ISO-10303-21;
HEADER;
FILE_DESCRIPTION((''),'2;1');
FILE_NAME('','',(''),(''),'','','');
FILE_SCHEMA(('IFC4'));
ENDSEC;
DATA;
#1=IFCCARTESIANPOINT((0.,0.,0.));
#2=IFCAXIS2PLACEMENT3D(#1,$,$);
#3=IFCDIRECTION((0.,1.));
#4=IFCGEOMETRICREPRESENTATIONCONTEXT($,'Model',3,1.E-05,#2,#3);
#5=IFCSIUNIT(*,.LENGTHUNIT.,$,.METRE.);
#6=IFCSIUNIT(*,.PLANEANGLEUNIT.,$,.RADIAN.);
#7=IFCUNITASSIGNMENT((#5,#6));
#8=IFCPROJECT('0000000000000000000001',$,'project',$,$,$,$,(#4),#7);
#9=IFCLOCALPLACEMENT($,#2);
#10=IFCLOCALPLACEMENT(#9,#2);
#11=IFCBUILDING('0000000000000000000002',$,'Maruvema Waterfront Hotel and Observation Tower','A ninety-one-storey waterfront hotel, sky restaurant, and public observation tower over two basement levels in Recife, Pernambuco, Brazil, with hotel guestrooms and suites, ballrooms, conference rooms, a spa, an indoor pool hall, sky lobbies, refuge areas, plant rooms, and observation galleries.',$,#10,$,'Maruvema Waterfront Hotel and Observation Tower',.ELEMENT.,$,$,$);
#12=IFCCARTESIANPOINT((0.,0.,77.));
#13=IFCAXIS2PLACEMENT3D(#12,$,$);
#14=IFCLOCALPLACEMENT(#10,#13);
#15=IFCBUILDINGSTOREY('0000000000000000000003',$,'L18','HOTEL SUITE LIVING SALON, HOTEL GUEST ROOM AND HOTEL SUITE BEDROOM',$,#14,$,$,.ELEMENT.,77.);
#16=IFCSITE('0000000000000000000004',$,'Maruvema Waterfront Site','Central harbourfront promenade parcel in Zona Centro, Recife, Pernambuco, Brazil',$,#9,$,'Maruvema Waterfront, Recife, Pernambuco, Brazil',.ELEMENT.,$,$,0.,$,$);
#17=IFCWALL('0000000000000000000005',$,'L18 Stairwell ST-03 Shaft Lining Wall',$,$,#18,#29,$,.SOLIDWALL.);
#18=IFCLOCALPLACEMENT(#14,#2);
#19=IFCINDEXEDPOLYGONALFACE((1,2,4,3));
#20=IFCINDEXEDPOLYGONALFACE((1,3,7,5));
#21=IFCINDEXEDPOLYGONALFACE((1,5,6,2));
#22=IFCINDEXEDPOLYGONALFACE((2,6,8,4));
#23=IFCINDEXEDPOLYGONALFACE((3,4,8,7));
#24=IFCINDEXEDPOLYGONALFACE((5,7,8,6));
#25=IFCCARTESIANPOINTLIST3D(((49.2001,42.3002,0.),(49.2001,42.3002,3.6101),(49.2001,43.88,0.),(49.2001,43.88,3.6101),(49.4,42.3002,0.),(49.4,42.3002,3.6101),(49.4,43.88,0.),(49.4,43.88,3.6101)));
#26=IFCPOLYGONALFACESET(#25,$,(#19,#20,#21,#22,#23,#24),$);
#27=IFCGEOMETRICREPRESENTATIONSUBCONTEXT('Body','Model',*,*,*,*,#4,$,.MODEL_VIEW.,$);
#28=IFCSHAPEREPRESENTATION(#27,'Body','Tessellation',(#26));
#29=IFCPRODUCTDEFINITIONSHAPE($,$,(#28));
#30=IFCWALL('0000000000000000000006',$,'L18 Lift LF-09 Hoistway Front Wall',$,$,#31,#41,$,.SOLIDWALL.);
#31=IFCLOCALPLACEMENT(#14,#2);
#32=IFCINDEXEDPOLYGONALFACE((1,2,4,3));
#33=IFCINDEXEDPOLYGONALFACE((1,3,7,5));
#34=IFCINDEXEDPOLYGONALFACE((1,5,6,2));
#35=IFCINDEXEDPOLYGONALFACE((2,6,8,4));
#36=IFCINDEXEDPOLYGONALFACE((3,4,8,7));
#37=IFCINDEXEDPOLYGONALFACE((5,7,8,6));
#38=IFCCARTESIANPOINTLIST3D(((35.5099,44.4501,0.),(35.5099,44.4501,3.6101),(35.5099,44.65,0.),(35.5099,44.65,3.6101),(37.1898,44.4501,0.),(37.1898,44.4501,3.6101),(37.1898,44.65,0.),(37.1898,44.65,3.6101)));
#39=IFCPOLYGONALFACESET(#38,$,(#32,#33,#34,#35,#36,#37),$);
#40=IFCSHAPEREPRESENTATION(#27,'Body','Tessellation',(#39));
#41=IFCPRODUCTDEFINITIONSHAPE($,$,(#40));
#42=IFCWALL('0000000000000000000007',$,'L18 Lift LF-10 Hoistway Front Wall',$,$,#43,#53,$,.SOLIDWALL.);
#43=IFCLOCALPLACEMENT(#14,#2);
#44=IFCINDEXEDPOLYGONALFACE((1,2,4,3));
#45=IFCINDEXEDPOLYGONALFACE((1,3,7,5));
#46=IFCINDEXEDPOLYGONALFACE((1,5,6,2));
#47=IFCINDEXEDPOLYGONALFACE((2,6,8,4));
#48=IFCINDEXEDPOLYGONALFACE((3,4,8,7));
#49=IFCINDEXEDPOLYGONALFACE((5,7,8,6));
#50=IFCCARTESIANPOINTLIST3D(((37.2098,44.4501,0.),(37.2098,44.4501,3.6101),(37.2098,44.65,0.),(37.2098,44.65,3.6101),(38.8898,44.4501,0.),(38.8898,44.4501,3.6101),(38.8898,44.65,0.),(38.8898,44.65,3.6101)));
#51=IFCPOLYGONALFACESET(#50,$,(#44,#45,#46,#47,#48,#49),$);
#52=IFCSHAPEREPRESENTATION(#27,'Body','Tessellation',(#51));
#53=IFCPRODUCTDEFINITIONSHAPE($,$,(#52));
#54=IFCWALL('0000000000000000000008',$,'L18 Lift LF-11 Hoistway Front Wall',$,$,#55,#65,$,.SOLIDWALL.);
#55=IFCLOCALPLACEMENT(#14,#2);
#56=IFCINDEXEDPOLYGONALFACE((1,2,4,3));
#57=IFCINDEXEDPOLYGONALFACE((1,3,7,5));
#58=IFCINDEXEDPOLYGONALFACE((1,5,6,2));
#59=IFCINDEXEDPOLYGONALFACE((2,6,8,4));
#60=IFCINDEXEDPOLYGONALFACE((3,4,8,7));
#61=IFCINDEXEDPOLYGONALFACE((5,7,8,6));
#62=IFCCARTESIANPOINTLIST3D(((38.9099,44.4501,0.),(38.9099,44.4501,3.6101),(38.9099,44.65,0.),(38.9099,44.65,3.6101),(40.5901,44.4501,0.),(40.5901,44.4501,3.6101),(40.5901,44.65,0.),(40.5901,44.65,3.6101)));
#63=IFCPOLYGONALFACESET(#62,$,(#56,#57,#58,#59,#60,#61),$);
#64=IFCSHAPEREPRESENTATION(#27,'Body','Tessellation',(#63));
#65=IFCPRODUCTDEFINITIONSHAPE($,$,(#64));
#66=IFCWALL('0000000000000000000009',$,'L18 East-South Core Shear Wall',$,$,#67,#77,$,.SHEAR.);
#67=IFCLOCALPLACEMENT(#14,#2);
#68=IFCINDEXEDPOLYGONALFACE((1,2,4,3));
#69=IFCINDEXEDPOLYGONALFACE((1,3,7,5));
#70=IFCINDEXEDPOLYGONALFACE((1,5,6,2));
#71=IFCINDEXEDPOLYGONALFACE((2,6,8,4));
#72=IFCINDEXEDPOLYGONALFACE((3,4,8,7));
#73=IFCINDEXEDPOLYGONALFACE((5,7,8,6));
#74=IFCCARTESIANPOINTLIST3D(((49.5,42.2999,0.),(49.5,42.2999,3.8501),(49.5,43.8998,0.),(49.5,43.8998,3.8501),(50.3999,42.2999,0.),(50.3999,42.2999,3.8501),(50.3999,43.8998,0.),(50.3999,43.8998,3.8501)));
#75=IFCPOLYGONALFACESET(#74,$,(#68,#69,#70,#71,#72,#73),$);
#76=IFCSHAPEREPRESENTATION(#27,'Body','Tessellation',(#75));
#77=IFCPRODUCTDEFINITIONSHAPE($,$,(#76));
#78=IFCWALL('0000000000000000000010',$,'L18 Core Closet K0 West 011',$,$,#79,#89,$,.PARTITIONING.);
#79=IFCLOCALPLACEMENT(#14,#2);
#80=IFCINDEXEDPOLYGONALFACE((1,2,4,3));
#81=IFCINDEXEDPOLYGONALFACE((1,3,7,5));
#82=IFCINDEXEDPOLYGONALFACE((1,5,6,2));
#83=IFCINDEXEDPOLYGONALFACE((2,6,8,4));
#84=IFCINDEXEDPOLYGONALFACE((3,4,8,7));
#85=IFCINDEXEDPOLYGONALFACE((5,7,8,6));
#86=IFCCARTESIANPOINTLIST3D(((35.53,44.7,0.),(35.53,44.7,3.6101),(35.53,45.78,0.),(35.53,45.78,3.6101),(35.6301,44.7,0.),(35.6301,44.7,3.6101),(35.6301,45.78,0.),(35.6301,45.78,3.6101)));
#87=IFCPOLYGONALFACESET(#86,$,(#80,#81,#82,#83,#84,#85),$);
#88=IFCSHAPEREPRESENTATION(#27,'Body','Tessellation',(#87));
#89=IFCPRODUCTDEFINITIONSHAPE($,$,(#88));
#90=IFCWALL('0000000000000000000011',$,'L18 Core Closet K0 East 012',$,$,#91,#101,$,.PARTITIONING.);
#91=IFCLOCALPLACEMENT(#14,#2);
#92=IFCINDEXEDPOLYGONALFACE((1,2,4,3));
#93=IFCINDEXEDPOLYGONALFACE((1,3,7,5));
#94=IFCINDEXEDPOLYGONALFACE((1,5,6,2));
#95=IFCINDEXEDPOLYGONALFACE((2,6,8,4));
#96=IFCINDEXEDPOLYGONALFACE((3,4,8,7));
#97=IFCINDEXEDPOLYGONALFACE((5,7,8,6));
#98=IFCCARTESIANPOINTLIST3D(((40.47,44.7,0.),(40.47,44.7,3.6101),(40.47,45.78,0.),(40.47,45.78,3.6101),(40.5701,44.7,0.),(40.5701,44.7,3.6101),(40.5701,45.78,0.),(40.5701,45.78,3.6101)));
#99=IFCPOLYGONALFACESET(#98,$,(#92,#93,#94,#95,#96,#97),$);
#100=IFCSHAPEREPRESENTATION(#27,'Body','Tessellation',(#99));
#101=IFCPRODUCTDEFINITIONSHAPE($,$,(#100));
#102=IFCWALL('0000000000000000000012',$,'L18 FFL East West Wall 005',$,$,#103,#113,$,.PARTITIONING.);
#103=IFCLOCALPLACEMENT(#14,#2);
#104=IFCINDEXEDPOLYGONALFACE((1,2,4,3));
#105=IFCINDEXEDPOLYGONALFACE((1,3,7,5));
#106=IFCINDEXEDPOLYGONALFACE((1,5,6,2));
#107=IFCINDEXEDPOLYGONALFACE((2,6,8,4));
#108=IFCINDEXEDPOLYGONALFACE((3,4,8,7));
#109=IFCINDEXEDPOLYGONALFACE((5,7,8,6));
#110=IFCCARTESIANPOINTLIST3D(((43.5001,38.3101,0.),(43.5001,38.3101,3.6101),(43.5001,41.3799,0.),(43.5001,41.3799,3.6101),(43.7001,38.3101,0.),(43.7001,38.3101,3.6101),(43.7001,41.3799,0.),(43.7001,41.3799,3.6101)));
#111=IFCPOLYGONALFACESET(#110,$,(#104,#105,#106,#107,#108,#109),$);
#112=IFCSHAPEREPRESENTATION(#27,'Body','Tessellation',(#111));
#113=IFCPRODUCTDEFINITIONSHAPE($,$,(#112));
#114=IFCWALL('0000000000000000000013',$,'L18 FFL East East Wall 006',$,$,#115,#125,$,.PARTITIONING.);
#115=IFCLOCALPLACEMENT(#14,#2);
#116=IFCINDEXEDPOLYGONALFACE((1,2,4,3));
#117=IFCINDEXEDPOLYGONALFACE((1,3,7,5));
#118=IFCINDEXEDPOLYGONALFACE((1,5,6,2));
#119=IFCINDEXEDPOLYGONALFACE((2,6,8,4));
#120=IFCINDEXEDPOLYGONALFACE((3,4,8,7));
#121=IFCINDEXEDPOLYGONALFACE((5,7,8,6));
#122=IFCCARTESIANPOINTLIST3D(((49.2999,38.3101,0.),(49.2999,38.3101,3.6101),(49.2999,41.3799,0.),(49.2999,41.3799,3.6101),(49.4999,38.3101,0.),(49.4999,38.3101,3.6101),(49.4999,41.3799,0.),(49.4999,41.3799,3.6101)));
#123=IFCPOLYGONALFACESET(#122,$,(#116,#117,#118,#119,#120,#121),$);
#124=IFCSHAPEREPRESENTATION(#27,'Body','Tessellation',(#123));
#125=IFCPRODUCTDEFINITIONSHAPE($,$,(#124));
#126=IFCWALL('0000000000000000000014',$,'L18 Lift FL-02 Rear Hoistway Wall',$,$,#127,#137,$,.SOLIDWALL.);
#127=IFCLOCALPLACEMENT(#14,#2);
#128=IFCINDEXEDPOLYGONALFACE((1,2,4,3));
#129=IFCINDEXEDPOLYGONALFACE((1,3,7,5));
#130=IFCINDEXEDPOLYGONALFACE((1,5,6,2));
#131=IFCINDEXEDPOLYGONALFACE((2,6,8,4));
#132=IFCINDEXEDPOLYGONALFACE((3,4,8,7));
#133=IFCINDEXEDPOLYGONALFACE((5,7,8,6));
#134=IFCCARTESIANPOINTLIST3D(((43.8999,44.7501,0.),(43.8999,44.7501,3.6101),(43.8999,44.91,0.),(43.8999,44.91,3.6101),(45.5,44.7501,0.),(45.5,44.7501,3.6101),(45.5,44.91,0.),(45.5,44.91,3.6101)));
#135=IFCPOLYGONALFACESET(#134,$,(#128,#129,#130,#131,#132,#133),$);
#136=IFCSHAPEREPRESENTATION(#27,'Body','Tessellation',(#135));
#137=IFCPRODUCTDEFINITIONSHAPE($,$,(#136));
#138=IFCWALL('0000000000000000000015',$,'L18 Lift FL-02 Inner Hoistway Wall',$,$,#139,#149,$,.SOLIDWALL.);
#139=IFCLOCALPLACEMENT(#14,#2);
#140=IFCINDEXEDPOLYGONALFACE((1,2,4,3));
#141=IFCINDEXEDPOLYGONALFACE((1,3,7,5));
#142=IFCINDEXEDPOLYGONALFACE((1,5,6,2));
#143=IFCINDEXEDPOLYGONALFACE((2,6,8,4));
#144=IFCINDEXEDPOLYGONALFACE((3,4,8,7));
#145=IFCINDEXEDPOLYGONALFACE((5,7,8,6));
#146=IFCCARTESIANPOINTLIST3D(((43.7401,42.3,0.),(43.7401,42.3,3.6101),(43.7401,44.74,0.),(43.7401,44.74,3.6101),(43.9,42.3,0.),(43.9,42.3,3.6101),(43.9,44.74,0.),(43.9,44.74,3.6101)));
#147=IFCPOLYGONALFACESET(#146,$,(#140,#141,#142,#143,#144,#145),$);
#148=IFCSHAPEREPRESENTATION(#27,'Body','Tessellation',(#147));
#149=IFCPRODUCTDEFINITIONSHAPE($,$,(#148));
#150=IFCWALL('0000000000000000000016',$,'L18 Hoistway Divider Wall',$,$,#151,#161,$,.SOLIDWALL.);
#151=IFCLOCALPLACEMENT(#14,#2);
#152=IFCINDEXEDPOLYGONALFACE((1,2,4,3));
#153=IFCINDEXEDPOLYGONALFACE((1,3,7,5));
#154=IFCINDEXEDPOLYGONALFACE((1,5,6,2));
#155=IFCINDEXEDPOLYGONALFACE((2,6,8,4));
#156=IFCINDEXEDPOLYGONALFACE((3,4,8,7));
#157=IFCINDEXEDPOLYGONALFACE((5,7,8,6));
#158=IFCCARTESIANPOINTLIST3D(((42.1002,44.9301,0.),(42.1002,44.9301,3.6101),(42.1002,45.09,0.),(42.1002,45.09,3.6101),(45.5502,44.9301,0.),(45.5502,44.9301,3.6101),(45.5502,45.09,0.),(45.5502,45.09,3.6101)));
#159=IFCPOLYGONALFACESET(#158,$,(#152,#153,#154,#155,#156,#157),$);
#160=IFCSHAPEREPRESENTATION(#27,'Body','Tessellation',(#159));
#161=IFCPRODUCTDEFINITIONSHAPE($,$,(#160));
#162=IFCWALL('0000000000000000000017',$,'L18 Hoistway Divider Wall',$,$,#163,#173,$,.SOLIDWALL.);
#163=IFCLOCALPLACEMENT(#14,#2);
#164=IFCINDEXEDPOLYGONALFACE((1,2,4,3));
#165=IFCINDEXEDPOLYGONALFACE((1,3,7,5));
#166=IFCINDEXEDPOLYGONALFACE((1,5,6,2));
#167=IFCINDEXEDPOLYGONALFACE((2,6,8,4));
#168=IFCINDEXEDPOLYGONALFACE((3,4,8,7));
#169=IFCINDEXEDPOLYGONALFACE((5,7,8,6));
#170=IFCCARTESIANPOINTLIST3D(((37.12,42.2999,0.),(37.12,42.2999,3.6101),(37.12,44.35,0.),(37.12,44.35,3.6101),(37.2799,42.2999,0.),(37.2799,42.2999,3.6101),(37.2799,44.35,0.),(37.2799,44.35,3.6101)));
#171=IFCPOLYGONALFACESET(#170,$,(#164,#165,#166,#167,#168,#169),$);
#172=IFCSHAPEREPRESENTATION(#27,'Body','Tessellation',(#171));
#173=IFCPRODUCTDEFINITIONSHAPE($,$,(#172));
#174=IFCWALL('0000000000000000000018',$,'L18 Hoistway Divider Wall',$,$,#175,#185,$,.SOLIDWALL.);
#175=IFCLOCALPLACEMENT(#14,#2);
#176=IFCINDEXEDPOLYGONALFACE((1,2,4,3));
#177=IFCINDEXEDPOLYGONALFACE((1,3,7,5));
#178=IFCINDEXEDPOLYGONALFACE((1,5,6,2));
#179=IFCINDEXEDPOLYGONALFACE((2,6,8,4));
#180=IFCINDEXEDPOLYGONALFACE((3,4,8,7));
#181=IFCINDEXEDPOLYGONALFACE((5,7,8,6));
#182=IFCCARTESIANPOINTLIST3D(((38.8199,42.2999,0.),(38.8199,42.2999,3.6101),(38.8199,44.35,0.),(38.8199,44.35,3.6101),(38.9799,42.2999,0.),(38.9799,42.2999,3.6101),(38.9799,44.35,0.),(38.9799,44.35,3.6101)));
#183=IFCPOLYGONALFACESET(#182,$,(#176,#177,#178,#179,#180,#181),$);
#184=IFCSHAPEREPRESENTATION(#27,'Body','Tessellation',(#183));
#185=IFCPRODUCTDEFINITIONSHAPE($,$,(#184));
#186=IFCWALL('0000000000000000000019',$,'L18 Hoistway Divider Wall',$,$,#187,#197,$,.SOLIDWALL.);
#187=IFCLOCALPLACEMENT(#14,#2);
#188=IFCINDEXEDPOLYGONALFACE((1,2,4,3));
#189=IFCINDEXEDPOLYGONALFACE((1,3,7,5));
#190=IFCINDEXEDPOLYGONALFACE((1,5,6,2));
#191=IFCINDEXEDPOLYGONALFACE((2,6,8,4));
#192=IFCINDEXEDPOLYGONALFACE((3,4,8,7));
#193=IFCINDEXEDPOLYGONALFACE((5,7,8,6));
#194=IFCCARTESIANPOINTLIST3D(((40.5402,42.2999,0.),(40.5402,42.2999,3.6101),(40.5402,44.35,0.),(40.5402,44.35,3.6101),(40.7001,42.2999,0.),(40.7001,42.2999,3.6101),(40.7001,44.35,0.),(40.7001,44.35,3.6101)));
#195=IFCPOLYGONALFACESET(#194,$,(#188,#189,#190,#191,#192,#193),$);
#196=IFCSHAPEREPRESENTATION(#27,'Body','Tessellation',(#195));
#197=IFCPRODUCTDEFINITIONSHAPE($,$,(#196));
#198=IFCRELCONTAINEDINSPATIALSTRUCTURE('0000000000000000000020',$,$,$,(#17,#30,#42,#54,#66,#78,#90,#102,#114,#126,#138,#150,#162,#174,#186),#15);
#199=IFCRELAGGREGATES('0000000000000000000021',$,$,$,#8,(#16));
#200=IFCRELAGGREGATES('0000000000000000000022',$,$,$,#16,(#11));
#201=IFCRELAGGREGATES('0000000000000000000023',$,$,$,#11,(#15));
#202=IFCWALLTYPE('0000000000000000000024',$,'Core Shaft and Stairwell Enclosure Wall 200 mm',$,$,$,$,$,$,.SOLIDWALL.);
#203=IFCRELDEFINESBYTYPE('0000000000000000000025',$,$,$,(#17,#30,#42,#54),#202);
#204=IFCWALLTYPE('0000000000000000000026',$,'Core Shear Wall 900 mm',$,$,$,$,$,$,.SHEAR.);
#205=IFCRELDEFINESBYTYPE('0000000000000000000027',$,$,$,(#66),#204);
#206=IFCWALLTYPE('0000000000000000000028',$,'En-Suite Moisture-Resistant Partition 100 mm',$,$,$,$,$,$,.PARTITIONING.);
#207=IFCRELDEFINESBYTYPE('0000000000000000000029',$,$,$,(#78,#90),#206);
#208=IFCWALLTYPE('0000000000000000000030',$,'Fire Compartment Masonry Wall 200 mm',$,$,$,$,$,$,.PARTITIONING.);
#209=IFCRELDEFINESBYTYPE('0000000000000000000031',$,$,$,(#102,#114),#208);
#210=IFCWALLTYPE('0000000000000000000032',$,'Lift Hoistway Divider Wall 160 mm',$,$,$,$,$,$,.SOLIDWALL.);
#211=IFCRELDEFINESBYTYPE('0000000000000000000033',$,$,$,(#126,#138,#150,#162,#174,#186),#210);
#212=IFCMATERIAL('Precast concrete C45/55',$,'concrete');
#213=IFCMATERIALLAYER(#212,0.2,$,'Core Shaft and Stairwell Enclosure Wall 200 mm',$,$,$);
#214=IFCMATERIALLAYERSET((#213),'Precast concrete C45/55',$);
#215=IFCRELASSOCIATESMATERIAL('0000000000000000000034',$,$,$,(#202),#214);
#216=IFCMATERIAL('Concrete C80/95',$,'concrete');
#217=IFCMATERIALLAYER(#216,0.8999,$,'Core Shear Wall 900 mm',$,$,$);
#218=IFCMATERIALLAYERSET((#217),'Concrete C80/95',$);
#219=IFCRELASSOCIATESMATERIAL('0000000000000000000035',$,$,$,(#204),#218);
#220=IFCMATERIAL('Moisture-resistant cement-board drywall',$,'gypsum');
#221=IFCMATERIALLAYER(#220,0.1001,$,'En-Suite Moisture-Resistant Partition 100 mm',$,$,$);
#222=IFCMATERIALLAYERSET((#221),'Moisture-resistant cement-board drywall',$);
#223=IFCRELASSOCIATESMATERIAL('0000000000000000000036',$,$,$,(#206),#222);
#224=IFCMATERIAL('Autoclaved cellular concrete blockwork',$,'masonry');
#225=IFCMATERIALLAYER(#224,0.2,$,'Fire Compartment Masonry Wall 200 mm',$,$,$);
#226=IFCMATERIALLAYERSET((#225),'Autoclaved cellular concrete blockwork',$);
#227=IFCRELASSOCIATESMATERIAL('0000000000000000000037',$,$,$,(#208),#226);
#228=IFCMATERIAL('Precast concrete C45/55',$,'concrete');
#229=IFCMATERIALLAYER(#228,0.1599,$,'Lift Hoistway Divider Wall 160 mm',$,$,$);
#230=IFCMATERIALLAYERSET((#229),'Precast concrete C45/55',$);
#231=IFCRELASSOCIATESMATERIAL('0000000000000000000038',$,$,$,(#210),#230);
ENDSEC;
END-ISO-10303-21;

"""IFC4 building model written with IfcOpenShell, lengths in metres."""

from ifc_helpers import new_model, si_unit, direction, frame, frame_2d, origin, place, context, subcontext, project, spatial, rectangle, extrude, material, layer, layer_set, type_object, element, save


model = new_model("IFC4")

# Units and contexts
model_context = context("Model", 3, precision=1e-05, world=origin(), true_north=direction((0.0, 1.0)))
body_context = subcontext(model_context, "Body", "Model", "MODEL_VIEW")
ifc_project = project(units=[si_unit("LENGTHUNIT", "METRE"), si_unit("PLANEANGLEUNIT", "RADIAN")], contexts=[model_context])

# Site, building, storey
site_placement = place(None, origin())
site = spatial("IfcSite", under=ifc_project, at=site_placement, Name="Maruvema Waterfront Site", Description="Central harbourfront promenade parcel in Zona Centro, Recife, Pernambuco, Brazil", LongName="Maruvema Waterfront, Recife, Pernambuco, Brazil", CompositionType="ELEMENT", RefElevation=0.0)
building_placement = place(site_placement, origin())
building = spatial("IfcBuilding", under=site, at=building_placement, Name="Maruvema Waterfront Hotel and Observation Tower", Description="A ninety-one-storey waterfront hotel, sky restaurant, and public observation tower over two basement levels in Recife, Pernambuco, Brazil, with hotel guestrooms and suites, ballrooms, conference rooms, a spa, an indoor pool hall, sky lobbies, refuge areas, plant rooms, and observation galleries.", LongName="Maruvema Waterfront Hotel and Observation Tower", CompositionType="ELEMENT")
storey_placement = place(building_placement, frame((0.0, 0.0, 77.0)))
storey = spatial("IfcBuildingStorey", under=building, at=storey_placement, Name="L18", Description="HOTEL SUITE LIVING SALON, HOTEL GUEST ROOM AND HOTEL SUITE BEDROOM", CompositionType="ELEMENT", Elevation=77.0)

# Walls
ifc_material_1 = material(Name="Precast concrete C45/55", Category="concrete")
ifc_layer_1 = layer(ifc_material_1, 0.2, Name="Core Shaft and Stairwell Enclosure Wall 200 mm")
ifc_layer_set_1 = layer_set([ifc_layer_1], Name="Precast concrete C45/55")
wall_type_1 = type_object("IfcWallType", Name="Core Shaft and Stairwell Enclosure Wall 200 mm", PredefinedType="SOLIDWALL", material=ifc_layer_set_1)
wall_1_placement = place(storey_placement, frame((49.3, 42.3, 0.0), z_axis=(0.0, 0.0, 1.0), x_axis=(0.0, 1.0, 0.0)))
element("IfcWall", 1, at=wall_1_placement, inside=storey, type_object=wall_type_1, Name="L18 Stairwell ST-03 Shaft Lining Wall", PredefinedType="SOLIDWALL", context=body_context, shape_type="SweptSolid", body=[
    extrude(rectangle(XDim=1.5798, YDim=0.2, at=frame_2d((0.79, 0.0))), origin(), (0.0, 0.0, 1.0), 3.6101),
])
for number, where, z_axis, x_axis, name in (
    (2, (35.51, 44.55, 0.0), (0.0, 0.0, 1.0), (1.0, 0.0, 0.0), "L18 Lift LF-09 Hoistway Front Wall"),
    (3, (37.21, 44.55, 0.0), (0.0, 0.0, 1.0), (1.0, 0.0, 0.0), "L18 Lift LF-10 Hoistway Front Wall"),
):
    element("IfcWall", number, at=place(storey_placement, frame(where, z_axis=z_axis, x_axis=x_axis)), inside=storey, type_object=wall_type_1, Name=name, PredefinedType="SOLIDWALL", context=body_context, shape_type="SweptSolid", body=[
        extrude(rectangle(XDim=1.6799, YDim=0.2, at=frame_2d((0.8398, 0.0))), origin(), (0.0, 0.0, 1.0), 3.6101),
    ])
wall_2_placement = place(storey_placement, frame((38.9099, 44.55, 0.0), z_axis=(0.0, 0.0, 1.0), x_axis=(1.0, 0.0, 0.0)))
element("IfcWall", 4, at=wall_2_placement, inside=storey, type_object=wall_type_1, Name="L18 Lift LF-11 Hoistway Front Wall", PredefinedType="SOLIDWALL", context=body_context, shape_type="SweptSolid", body=[
    extrude(rectangle(XDim=1.6802, YDim=0.2, at=frame_2d((0.8401, 0.0))), origin(), (0.0, 0.0, 1.0), 3.6101),
])

# Shared definitions
ifc_material_2 = material(Name="Concrete C80/95", Category="concrete")
ifc_layer_2 = layer(ifc_material_2, 0.8999, Name="Core Shear Wall 900 mm")
ifc_layer_set_2 = layer_set([ifc_layer_2], Name="Concrete C80/95")
wall_type_2 = type_object("IfcWallType", Name="Core Shear Wall 900 mm", PredefinedType="SHEAR", material=ifc_layer_set_2)

# Walls
wall_3_placement = place(storey_placement, frame((49.95, 42.3, 0.0), z_axis=(0.0, 0.0, 1.0), x_axis=(0.0, 1.0, 0.0)))
element("IfcWall", 5, at=wall_3_placement, inside=storey, type_object=wall_type_2, Name="L18 East-South Core Shear Wall", PredefinedType="SHEAR", context=body_context, shape_type="SweptSolid", body=[
    extrude(rectangle(XDim=1.5999, YDim=0.8999, at=frame_2d((0.7998, 0.0))), origin(), (0.0, 0.0, 1.0), 3.8501),
])
ifc_material_3 = material(Name="Moisture-resistant cement-board drywall", Category="gypsum")
ifc_layer_3 = layer(ifc_material_3, 0.1001, Name="En-Suite Moisture-Resistant Partition 100 mm")
ifc_layer_set_3 = layer_set([ifc_layer_3], Name="Moisture-resistant cement-board drywall")
wall_type_3 = type_object("IfcWallType", Name="En-Suite Moisture-Resistant Partition 100 mm", PredefinedType="PARTITIONING", material=ifc_layer_set_3)
for number, where, z_axis, x_axis, name in (
    (6, (35.5801, 44.7, 0.0), (0.0, 0.0, 1.0), (0.0, 1.0, 0.0), "L18 Core Closet K0 West 011"),
    (7, (40.52, 44.7, 0.0), (0.0, 0.0, 1.0), (0.0, 1.0, 0.0), "L18 Core Closet K0 East 012"),
):
    element("IfcWall", number, at=place(storey_placement, frame(where, z_axis=z_axis, x_axis=x_axis)), inside=storey, type_object=wall_type_3, Name=name, PredefinedType="PARTITIONING", context=body_context, shape_type="SweptSolid", body=[
        extrude(rectangle(XDim=1.0801, YDim=0.1001, at=frame_2d((0.54, 0.0))), origin(), (0.0, 0.0, 1.0), 3.6101),
    ])

# Shared definitions
ifc_material_4 = material(Name="Autoclaved cellular concrete blockwork", Category="masonry")
ifc_layer_4 = layer(ifc_material_4, 0.2, Name="Fire Compartment Masonry Wall 200 mm")
ifc_layer_set_4 = layer_set([ifc_layer_4], Name="Autoclaved cellular concrete blockwork")
wall_type_4 = type_object("IfcWallType", Name="Fire Compartment Masonry Wall 200 mm", PredefinedType="PARTITIONING", material=ifc_layer_set_4)

# Walls
for number, where, z_axis, x_axis, name in (
    (8, (43.6001, 38.3101, 0.0), (0.0, 0.0, 1.0), (0.0, 1.0, 0.0), "L18 FFL East West Wall 005"),
    (9, (49.3999, 38.3101, 0.0), (0.0, 0.0, 1.0), (0.0, 1.0, 0.0), "L18 FFL East East Wall 006"),
):
    element("IfcWall", number, at=place(storey_placement, frame(where, z_axis=z_axis, x_axis=x_axis)), inside=storey, type_object=wall_type_4, Name=name, PredefinedType="PARTITIONING", context=body_context, shape_type="SweptSolid", body=[
        extrude(rectangle(XDim=3.0698, YDim=0.2, at=frame_2d((1.5349, 0.0))), origin(), (0.0, 0.0, 1.0), 3.6101),
    ])
ifc_material_5 = material(Name="Precast concrete C45/55", Category="concrete")
ifc_layer_5 = layer(ifc_material_5, 0.1599, Name="Lift Hoistway Divider Wall 160 mm")
ifc_layer_set_5 = layer_set([ifc_layer_5], Name="Precast concrete C45/55")
wall_type_5 = type_object("IfcWallType", Name="Lift Hoistway Divider Wall 160 mm", PredefinedType="SOLIDWALL", material=ifc_layer_set_5)
wall_4_placement = place(storey_placement, frame((43.8999, 44.8301, 0.0), z_axis=(0.0, 0.0, 1.0), x_axis=(1.0, 0.0, 0.0)))
element("IfcWall", 10, at=wall_4_placement, inside=storey, type_object=wall_type_5, Name="L18 Lift FL-02 Rear Hoistway Wall", PredefinedType="SOLIDWALL", context=body_context, shape_type="SweptSolid", body=[
    extrude(rectangle(XDim=1.6001, YDim=0.1599, at=frame_2d((0.8, 0.0))), origin(), (0.0, 0.0, 1.0), 3.6101),
])
wall_5_placement = place(storey_placement, frame((43.8201, 42.3, 0.0), z_axis=(0.0, 0.0, 1.0), x_axis=(0.0, 1.0, 0.0)))
element("IfcWall", 11, at=wall_5_placement, inside=storey, type_object=wall_type_5, Name="L18 Lift FL-02 Inner Hoistway Wall", PredefinedType="SOLIDWALL", context=body_context, shape_type="SweptSolid", body=[
    extrude(rectangle(XDim=2.4399, YDim=0.1599, at=frame_2d((1.22, 0.0))), origin(), (0.0, 0.0, 1.0), 3.6101),
])
wall_6_placement = place(storey_placement, frame((42.1001, 45.01, 0.0), z_axis=(0.0, 0.0, 1.0), x_axis=(1.0, 0.0, 0.0)))
element("IfcWall", 12, at=wall_6_placement, inside=storey, type_object=wall_type_5, Name="L18 Hoistway Divider Wall", PredefinedType="SOLIDWALL", context=body_context, shape_type="SweptSolid", body=[
    extrude(rectangle(XDim=3.45, YDim=0.1599, at=frame_2d((1.7251, 0.0))), origin(), (0.0, 0.0, 1.0), 3.6101),
])
for number, where, z_axis, x_axis, name in (
    (13, (37.2, 42.3, 0.0), (0.0, 0.0, 1.0), (0.0, 1.0, 0.0), "L18 Hoistway Divider Wall"),
    (14, (38.8999, 42.3, 0.0), (0.0, 0.0, 1.0), (0.0, 1.0, 0.0), "L18 Hoistway Divider Wall"),
    (15, (40.6201, 42.3, 0.0), (0.0, 0.0, 1.0), (0.0, 1.0, 0.0), "L18 Hoistway Divider Wall"),
):
    element("IfcWall", number, at=place(storey_placement, frame(where, z_axis=z_axis, x_axis=x_axis)), inside=storey, type_object=wall_type_5, Name=name, PredefinedType="SOLIDWALL", context=body_context, shape_type="SweptSolid", body=[
        extrude(rectangle(XDim=2.05, YDim=0.1599, at=frame_2d((1.0249, 0.0))), origin(), (0.0, 0.0, 1.0), 3.6101),
    ])

save(model, "model.ifc")
